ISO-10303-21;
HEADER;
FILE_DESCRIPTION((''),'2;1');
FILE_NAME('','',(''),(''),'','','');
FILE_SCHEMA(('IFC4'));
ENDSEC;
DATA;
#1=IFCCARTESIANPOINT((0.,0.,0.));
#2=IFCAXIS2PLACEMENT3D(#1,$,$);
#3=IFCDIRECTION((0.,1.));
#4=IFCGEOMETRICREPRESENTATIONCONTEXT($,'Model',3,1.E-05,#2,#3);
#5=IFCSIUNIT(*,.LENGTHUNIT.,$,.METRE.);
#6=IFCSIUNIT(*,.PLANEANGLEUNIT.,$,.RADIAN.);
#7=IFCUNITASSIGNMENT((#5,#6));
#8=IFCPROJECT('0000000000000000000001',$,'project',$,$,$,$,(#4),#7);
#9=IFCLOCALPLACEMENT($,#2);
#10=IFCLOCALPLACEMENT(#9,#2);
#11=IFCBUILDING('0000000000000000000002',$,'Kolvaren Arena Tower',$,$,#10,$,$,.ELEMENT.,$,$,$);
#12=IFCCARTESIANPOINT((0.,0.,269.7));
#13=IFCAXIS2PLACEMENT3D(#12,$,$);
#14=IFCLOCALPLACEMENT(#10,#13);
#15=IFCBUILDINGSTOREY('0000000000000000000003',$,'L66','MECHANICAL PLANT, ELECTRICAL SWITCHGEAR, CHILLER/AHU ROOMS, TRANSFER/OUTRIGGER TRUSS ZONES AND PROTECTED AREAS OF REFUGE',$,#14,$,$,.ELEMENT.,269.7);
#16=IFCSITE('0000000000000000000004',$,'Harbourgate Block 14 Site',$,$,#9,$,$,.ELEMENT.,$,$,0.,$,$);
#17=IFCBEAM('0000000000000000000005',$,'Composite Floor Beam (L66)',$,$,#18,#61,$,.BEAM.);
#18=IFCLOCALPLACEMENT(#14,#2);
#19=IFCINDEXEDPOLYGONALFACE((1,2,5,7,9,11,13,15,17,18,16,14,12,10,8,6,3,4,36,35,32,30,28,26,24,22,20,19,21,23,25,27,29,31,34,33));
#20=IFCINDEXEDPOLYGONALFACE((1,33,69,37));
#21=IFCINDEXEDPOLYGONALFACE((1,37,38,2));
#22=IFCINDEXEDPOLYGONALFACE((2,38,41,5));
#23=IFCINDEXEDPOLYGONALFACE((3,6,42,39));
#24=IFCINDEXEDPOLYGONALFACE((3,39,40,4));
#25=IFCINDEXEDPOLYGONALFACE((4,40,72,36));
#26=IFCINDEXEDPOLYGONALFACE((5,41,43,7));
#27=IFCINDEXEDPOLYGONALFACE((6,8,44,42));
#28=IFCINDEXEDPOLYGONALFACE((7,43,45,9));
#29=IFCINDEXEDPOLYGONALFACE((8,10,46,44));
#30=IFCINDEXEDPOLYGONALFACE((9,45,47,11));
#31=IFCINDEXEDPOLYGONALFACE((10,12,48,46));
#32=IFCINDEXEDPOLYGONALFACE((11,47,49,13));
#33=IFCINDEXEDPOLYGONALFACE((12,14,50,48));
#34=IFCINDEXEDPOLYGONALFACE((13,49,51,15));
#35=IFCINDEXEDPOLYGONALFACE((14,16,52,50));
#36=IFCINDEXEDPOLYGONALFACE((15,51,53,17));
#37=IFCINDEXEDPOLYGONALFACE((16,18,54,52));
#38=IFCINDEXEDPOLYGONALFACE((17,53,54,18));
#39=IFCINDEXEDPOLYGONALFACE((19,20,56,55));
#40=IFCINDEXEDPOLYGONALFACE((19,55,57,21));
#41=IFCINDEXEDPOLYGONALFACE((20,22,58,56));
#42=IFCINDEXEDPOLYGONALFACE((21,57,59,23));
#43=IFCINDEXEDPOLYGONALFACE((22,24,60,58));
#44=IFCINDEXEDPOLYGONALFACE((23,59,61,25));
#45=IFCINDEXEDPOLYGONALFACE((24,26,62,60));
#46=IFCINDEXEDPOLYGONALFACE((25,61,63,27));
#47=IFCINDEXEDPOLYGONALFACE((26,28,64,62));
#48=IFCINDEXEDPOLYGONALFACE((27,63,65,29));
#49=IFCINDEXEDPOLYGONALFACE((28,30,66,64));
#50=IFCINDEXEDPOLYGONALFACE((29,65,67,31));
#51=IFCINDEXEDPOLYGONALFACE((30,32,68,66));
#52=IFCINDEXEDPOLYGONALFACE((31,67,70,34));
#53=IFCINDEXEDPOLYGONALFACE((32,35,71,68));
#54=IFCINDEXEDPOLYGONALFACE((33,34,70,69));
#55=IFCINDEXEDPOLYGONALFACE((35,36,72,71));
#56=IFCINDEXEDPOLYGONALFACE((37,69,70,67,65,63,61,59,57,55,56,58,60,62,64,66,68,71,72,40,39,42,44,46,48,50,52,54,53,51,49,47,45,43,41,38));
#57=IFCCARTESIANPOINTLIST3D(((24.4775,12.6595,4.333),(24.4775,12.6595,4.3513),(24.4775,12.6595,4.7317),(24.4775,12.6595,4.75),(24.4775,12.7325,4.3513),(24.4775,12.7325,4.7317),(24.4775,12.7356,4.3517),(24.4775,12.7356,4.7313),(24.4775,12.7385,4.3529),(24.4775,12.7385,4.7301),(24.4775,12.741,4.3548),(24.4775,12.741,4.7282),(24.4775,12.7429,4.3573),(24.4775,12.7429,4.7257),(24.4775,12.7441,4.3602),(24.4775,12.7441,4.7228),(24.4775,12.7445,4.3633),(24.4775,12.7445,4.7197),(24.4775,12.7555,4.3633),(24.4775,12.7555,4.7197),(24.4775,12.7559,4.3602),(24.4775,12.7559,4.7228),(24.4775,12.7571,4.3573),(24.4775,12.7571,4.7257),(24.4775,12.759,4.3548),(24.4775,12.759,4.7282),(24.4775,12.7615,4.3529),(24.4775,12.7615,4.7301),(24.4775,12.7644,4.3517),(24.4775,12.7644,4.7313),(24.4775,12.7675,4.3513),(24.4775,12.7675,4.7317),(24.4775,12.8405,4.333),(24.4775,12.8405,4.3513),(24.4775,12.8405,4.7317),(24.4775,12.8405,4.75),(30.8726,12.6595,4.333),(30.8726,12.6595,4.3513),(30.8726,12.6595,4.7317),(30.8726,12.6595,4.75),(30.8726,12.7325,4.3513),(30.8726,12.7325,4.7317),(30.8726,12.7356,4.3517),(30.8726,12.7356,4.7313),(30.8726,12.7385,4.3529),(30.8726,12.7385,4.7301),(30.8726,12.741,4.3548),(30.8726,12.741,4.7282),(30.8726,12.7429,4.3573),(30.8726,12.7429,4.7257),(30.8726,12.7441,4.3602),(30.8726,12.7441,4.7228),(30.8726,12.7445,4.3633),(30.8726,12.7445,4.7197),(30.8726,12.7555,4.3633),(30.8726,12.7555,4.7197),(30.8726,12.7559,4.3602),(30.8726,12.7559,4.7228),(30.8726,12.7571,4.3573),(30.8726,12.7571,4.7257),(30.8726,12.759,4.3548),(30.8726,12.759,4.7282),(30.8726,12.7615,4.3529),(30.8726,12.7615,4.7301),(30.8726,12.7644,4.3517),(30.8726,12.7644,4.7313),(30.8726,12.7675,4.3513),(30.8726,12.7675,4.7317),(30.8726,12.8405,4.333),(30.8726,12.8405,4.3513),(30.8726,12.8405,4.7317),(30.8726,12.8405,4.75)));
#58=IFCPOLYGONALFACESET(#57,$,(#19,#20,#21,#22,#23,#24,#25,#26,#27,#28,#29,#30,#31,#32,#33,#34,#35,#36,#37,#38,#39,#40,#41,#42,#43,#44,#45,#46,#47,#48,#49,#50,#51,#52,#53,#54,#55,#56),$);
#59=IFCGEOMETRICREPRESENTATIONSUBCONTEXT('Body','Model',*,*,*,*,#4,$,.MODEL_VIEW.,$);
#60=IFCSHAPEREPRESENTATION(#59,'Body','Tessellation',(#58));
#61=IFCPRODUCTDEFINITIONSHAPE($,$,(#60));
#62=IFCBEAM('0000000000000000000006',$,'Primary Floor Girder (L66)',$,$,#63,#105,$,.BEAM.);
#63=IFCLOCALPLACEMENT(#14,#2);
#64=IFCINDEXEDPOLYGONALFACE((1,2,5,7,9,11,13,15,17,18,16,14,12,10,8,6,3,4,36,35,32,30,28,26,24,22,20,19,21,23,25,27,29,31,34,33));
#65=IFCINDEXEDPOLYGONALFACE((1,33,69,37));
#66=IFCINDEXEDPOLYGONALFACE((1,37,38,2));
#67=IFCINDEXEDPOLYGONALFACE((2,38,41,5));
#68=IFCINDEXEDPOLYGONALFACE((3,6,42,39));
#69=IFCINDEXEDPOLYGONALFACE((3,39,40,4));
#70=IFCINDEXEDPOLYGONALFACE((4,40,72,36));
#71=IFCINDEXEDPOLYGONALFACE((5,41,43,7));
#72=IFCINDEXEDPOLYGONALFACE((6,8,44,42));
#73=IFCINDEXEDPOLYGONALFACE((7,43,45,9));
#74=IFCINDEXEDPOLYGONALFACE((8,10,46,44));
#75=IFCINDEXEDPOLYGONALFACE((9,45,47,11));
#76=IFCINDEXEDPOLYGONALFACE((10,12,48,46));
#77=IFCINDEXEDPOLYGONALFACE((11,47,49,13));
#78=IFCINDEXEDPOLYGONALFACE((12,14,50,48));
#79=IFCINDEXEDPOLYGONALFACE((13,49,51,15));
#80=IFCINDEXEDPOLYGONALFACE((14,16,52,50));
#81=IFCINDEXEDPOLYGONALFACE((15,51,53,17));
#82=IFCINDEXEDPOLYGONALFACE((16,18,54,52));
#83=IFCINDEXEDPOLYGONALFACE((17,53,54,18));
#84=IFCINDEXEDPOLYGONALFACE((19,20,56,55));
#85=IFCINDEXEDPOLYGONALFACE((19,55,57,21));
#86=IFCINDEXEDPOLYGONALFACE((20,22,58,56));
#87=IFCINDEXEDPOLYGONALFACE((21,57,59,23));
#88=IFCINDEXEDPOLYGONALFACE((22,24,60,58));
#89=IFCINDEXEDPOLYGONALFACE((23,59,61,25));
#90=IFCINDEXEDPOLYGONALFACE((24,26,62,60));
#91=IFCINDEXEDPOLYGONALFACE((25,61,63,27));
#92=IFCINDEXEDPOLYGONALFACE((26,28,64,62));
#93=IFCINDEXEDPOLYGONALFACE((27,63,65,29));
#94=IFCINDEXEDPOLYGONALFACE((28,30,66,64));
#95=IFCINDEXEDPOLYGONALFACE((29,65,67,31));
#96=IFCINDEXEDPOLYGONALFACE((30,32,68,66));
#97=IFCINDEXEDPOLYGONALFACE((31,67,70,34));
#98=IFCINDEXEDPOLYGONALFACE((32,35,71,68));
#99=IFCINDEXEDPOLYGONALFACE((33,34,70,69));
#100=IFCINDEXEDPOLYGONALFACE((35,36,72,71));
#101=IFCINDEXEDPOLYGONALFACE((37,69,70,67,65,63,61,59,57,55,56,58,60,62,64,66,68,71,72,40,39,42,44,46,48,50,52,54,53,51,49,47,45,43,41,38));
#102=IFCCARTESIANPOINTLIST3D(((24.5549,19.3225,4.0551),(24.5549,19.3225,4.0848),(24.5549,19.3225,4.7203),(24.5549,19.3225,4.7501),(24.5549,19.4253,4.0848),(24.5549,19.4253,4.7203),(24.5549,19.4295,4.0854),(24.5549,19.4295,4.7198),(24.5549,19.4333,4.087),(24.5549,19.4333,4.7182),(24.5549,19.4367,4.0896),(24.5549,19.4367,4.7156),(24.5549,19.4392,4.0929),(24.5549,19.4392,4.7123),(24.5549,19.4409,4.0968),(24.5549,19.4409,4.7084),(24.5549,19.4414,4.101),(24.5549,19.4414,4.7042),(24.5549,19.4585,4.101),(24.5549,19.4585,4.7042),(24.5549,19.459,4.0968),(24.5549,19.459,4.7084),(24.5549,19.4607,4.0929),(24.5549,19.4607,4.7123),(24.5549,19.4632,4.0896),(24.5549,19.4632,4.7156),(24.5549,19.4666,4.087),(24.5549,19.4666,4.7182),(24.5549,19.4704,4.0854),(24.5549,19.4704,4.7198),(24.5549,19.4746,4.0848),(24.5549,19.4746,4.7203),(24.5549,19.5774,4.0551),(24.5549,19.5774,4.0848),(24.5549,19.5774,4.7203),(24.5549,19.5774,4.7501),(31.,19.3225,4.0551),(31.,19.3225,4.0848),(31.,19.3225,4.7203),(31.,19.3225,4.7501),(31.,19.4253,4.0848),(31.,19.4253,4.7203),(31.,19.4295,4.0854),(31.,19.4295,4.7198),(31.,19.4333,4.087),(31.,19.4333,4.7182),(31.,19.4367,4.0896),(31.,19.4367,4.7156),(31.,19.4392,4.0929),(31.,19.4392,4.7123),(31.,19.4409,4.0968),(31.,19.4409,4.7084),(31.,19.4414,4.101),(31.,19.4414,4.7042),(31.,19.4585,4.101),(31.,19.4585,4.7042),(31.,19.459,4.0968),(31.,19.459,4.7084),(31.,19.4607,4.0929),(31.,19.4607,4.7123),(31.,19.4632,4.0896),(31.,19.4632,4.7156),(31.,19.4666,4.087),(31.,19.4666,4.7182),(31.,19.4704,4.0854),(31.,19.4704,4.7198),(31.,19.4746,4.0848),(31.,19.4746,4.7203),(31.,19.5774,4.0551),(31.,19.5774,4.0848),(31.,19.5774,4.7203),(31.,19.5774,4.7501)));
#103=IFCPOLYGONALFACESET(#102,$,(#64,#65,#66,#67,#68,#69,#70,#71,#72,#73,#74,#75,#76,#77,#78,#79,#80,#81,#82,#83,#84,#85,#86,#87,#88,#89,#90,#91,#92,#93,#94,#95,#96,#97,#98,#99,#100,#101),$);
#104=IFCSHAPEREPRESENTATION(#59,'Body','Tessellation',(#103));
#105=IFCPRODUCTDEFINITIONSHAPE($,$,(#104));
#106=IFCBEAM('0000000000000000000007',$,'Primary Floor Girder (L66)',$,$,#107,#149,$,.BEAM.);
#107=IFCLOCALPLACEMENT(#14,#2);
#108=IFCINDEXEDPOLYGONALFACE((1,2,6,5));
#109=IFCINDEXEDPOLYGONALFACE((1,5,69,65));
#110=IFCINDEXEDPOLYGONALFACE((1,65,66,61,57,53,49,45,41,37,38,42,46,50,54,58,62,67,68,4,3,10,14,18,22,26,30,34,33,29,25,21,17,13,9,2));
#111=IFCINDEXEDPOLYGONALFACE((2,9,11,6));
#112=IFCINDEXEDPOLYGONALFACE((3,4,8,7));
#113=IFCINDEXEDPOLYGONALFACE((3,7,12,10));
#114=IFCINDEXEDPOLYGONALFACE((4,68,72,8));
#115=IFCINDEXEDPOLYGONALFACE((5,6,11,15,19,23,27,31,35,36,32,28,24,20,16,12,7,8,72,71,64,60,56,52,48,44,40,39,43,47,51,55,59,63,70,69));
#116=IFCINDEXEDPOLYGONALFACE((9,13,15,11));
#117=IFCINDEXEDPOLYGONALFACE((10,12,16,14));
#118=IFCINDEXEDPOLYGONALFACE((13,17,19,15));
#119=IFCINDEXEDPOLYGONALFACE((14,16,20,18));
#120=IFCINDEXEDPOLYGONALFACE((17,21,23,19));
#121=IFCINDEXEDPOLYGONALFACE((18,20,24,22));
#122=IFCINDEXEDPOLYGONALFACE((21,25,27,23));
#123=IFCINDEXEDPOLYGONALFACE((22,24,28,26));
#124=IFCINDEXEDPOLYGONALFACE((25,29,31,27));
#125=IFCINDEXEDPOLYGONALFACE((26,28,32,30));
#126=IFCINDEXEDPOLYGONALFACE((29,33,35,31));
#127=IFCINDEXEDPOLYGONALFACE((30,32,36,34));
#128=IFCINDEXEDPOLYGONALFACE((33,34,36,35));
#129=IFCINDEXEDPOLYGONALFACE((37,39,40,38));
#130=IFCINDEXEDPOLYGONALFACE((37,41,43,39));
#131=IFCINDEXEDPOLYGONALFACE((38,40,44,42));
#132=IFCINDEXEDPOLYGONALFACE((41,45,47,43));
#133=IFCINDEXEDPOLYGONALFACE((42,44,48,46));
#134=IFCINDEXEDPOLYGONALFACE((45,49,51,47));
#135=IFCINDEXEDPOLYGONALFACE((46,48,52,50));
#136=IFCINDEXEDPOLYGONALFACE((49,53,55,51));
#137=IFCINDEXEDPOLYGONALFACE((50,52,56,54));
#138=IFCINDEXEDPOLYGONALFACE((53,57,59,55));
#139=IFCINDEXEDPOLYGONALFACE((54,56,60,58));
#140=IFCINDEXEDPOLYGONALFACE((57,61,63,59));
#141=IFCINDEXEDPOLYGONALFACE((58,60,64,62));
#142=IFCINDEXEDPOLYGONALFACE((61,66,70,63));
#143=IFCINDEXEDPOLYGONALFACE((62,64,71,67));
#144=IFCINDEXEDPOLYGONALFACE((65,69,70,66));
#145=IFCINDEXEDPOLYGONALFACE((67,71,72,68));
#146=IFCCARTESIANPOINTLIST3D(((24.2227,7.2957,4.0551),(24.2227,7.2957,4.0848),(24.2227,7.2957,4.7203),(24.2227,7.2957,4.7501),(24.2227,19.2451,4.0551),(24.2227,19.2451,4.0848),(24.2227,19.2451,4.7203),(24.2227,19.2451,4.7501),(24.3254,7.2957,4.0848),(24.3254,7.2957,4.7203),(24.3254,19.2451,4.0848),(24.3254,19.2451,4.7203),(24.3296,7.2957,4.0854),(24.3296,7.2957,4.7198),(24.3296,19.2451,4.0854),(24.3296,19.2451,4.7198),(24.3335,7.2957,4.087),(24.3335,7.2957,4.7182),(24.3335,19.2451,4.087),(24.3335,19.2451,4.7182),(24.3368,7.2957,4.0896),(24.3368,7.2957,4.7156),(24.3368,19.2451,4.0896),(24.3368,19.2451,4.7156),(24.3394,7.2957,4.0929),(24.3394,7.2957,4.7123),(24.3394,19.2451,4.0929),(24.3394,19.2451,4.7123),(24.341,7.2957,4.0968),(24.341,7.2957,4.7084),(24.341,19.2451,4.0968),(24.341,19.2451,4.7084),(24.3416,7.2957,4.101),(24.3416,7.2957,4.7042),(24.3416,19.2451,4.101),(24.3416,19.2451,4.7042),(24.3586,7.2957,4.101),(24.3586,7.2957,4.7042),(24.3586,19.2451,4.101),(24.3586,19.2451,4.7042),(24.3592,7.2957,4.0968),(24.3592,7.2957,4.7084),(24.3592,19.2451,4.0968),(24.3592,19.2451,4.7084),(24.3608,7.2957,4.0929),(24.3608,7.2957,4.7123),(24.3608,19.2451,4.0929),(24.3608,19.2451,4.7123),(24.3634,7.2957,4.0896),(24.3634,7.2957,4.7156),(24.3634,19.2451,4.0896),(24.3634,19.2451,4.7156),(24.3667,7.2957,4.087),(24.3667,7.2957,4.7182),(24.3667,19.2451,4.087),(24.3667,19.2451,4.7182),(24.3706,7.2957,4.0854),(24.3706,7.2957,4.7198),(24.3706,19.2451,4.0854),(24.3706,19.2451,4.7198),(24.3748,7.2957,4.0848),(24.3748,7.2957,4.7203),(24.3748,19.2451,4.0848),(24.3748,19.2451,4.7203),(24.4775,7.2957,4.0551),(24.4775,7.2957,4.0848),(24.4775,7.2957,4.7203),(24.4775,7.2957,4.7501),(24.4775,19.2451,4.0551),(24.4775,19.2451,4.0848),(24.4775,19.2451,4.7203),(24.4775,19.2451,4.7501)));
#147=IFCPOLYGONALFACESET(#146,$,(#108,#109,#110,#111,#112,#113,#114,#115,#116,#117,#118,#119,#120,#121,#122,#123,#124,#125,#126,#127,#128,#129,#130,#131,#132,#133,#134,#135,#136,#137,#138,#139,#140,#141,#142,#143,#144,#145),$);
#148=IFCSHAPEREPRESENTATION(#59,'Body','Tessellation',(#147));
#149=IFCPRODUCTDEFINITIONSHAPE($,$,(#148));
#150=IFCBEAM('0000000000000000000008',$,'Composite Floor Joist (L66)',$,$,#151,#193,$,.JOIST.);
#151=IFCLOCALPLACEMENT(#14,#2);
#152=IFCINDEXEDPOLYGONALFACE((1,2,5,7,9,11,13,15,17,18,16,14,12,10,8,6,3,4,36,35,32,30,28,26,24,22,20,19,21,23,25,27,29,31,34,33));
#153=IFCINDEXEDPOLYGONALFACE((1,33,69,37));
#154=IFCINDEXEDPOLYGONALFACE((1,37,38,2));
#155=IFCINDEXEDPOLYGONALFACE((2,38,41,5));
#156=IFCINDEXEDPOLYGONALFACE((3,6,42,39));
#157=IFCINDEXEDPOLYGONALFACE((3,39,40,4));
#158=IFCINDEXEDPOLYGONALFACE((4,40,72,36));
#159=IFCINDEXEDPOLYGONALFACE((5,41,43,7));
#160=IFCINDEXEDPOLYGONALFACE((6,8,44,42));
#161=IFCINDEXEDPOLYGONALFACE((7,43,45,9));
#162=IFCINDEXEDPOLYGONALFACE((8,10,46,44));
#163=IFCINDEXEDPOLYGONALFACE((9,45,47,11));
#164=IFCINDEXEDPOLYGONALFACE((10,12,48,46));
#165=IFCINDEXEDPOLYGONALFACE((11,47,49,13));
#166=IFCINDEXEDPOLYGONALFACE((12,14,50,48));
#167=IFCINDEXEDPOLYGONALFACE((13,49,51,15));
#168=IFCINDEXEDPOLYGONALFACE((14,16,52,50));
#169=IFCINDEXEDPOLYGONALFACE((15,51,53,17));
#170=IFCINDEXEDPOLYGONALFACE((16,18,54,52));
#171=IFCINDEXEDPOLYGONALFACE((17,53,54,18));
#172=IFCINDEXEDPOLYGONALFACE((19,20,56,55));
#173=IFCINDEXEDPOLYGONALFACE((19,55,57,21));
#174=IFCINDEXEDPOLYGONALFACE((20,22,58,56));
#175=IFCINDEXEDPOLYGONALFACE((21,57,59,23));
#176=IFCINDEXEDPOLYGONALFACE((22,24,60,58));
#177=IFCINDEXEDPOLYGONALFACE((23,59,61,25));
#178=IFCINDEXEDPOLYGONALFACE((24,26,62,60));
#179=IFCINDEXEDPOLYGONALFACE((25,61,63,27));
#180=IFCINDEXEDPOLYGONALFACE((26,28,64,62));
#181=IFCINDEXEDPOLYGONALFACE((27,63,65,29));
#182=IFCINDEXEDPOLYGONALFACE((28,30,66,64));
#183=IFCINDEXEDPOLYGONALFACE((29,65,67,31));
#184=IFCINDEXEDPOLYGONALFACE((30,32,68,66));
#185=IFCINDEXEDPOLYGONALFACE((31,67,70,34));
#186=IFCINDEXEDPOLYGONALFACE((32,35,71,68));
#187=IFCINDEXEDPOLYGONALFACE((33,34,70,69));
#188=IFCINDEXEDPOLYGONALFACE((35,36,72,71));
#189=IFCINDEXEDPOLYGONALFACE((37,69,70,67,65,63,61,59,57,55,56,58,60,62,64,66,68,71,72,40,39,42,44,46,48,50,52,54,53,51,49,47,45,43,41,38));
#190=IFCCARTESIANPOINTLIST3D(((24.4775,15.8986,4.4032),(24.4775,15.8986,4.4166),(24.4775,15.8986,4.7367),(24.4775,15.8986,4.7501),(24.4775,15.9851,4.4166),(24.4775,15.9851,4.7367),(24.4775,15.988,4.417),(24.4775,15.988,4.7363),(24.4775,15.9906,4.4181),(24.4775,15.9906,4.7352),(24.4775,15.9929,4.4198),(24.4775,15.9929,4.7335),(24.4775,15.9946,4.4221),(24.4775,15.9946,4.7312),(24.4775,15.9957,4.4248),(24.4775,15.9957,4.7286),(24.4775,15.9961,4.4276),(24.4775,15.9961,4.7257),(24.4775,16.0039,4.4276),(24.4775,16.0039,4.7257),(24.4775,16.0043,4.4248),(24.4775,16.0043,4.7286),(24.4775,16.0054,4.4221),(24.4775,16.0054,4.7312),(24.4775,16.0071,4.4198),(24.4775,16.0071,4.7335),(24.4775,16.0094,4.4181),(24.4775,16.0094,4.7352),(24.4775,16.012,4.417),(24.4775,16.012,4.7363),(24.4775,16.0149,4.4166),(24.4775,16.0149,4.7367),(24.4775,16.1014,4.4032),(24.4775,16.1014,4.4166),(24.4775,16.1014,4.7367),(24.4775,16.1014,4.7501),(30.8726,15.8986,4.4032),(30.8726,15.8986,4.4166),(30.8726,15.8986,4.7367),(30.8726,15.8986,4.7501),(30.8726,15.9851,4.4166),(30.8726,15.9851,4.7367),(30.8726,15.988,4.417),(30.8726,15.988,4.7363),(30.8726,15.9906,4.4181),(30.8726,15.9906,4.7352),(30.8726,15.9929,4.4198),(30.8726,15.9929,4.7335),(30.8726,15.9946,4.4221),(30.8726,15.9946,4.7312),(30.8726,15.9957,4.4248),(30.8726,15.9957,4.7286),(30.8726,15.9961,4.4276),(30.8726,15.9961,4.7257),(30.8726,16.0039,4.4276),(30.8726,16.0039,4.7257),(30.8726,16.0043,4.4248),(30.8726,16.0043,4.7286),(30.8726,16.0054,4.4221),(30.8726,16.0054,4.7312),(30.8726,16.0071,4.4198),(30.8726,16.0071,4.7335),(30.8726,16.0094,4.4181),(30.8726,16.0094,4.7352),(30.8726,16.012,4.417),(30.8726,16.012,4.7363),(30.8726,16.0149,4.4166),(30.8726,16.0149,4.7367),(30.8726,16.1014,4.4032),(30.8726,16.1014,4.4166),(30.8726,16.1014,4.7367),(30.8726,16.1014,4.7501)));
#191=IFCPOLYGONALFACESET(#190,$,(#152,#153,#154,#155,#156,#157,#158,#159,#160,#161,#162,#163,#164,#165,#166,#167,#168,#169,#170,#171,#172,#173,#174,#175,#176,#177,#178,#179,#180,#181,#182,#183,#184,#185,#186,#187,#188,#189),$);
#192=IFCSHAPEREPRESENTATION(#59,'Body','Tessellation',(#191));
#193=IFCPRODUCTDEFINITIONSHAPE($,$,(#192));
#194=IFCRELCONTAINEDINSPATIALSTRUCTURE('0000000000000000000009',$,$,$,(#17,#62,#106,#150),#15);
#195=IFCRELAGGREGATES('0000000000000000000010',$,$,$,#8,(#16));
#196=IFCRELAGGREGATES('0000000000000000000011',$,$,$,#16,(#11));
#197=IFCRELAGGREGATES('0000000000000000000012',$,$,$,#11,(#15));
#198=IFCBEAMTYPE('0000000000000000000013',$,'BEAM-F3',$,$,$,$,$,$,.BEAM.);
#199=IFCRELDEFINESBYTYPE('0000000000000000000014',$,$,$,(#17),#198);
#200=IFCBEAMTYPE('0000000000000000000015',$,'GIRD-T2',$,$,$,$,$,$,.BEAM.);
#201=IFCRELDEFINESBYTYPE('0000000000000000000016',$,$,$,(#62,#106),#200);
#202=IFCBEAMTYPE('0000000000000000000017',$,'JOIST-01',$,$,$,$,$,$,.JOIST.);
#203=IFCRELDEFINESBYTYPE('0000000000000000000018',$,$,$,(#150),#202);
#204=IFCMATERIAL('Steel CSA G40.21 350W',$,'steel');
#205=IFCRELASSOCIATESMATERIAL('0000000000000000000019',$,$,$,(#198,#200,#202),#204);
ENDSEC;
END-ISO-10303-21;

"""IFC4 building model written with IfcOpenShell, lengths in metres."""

from ifc_helpers import new_model, si_unit, direction, frame, origin, origin_2d, place, context, subcontext, project, spatial, i_section, extrude, material, material_profile, profile_set, type_object, element, save


model = new_model("IFC4")

# Units and contexts
model_context = context("Model", 3, precision=1e-05, world=origin(), true_north=direction((0.0, 1.0)))
body_context = subcontext(model_context, "Body", "Model", "MODEL_VIEW")
ifc_project = project(units=[si_unit("LENGTHUNIT", "METRE"), si_unit("PLANEANGLEUNIT", "RADIAN")], contexts=[model_context])

# Site, building, storey
site_placement = place(None, origin())
site = spatial("IfcSite", under=ifc_project, at=site_placement, Name="Harbourgate Block 14 Site", CompositionType="ELEMENT", RefElevation=0.0)
building_placement = place(site_placement, origin())
building = spatial("IfcBuilding", under=site, at=building_placement, Name="Kolvaren Arena Tower", CompositionType="ELEMENT")
storey_placement = place(building_placement, frame((0.0, 0.0, 269.7)))
storey = spatial("IfcBuildingStorey", under=building, at=storey_placement, Name="L66", Description="MECHANICAL PLANT, ELECTRICAL SWITCHGEAR, CHILLER/AHU ROOMS, TRANSFER/OUTRIGGER TRUSS ZONES AND PROTECTED AREAS OF REFUGE", CompositionType="ELEMENT", Elevation=269.7)

# Beams
ifc_material_1 = material(Name="Steel CSA G40.21 350W", Category="steel")
ifc_material_profile_1 = material_profile(ifc_material_1, i_section(OverallWidth=0.1809, OverallDepth=0.417, WebThickness=0.011, FlangeThickness=0.0183, FilletRadius=0.012, at=origin_2d()), Name="W410x85")
ifc_profile_set_1 = profile_set([ifc_material_profile_1], Name="Steel CSA G40.21 350W")
beam_type_1 = type_object("IfcBeamType", Name="BEAM-F3", PredefinedType="BEAM", material=ifc_profile_set_1)
for number, where, z_axis, x_axis, name in (
    (1, (24.4775, 12.75, 4.5415), (1.0, 0.0, 0.0), (0.0, 1.0, 0.0), "Composite Floor Beam (L66)"),
):
    element("IfcBeam", number, at=place(storey_placement, frame(where, z_axis=z_axis, x_axis=x_axis)), inside=storey, type_object=beam_type_1, Name=name, PredefinedType="BEAM", context=body_context, shape_type="SweptSolid", body=[
        extrude(i_section(OverallWidth=0.1809, OverallDepth=0.417, WebThickness=0.011, FlangeThickness=0.0183, FilletRadius=0.012, at=origin_2d()), origin(), (0.0, 0.0, 1.0), 6.395),
    ])
ifc_material_profile_2 = material_profile(ifc_material_1, i_section(OverallWidth=0.2549, OverallDepth=0.6951, WebThickness=0.0171, FlangeThickness=0.0298, FilletRadius=0.0161, at=origin_2d()), Name="W690x217")
ifc_profile_set_2 = profile_set([ifc_material_profile_2], Name="Steel CSA G40.21 350W")
beam_type_2 = type_object("IfcBeamType", Name="GIRD-T2", PredefinedType="BEAM", material=ifc_profile_set_2)
beam_1_placement = place(storey_placement, frame((24.5549, 19.45, 4.4026), z_axis=(1.0, 0.0, 0.0), x_axis=(0.0, 1.0, 0.0)))
element("IfcBeam", 2, at=beam_1_placement, inside=storey, type_object=beam_type_2, Name="Primary Floor Girder (L66)", PredefinedType="BEAM", context=body_context, shape_type="SweptSolid", body=[
    extrude(i_section(OverallWidth=0.2549, OverallDepth=0.6951, WebThickness=0.0171, FlangeThickness=0.0298, FilletRadius=0.0161, at=origin_2d()), origin(), (0.0, 0.0, 1.0), 6.4451),
])
beam_2_placement = place(storey_placement, frame((24.3501, 7.2957, 4.4026), z_axis=(0.0, 1.0, 0.0), x_axis=(-1.0, 0.0, 0.0)))
element("IfcBeam", 3, at=beam_2_placement, inside=storey, type_object=beam_type_2, Name="Primary Floor Girder (L66)", PredefinedType="BEAM", context=body_context, shape_type="SweptSolid", body=[
    extrude(i_section(OverallWidth=0.2549, OverallDepth=0.6951, WebThickness=0.0171, FlangeThickness=0.0298, FilletRadius=0.0161, at=origin_2d()), origin(), (0.0, 0.0, 1.0), 11.9495),
])
ifc_material_profile_3 = material_profile(ifc_material_1, i_section(OverallWidth=0.2029, OverallDepth=0.3469, WebThickness=0.0078, FlangeThickness=0.0134, FilletRadius=0.011, at=origin_2d()), Name="W360x64")
ifc_profile_set_3 = profile_set([ifc_material_profile_3], Name="Steel CSA G40.21 350W")
beam_type_3 = type_object("IfcBeamType", Name="JOIST-01", PredefinedType="JOIST", material=ifc_profile_set_3)
beam_3_placement = place(storey_placement, frame((24.4775, 16.0, 4.5767), z_axis=(1.0, 0.0, 0.0), x_axis=(0.0, 1.0, 0.0)))
element("IfcBeam", 4, at=beam_3_placement, inside=storey, type_object=beam_type_3, Name="Composite Floor Joist (L66)", PredefinedType="JOIST", context=body_context, shape_type="SweptSolid", body=[
    extrude(i_section(OverallWidth=0.2029, OverallDepth=0.3469, WebThickness=0.0078, FlangeThickness=0.0134, FilletRadius=0.011, at=origin_2d()), origin(), (0.0, 0.0, 1.0), 6.395),
])

save(model, "model.ifc")
